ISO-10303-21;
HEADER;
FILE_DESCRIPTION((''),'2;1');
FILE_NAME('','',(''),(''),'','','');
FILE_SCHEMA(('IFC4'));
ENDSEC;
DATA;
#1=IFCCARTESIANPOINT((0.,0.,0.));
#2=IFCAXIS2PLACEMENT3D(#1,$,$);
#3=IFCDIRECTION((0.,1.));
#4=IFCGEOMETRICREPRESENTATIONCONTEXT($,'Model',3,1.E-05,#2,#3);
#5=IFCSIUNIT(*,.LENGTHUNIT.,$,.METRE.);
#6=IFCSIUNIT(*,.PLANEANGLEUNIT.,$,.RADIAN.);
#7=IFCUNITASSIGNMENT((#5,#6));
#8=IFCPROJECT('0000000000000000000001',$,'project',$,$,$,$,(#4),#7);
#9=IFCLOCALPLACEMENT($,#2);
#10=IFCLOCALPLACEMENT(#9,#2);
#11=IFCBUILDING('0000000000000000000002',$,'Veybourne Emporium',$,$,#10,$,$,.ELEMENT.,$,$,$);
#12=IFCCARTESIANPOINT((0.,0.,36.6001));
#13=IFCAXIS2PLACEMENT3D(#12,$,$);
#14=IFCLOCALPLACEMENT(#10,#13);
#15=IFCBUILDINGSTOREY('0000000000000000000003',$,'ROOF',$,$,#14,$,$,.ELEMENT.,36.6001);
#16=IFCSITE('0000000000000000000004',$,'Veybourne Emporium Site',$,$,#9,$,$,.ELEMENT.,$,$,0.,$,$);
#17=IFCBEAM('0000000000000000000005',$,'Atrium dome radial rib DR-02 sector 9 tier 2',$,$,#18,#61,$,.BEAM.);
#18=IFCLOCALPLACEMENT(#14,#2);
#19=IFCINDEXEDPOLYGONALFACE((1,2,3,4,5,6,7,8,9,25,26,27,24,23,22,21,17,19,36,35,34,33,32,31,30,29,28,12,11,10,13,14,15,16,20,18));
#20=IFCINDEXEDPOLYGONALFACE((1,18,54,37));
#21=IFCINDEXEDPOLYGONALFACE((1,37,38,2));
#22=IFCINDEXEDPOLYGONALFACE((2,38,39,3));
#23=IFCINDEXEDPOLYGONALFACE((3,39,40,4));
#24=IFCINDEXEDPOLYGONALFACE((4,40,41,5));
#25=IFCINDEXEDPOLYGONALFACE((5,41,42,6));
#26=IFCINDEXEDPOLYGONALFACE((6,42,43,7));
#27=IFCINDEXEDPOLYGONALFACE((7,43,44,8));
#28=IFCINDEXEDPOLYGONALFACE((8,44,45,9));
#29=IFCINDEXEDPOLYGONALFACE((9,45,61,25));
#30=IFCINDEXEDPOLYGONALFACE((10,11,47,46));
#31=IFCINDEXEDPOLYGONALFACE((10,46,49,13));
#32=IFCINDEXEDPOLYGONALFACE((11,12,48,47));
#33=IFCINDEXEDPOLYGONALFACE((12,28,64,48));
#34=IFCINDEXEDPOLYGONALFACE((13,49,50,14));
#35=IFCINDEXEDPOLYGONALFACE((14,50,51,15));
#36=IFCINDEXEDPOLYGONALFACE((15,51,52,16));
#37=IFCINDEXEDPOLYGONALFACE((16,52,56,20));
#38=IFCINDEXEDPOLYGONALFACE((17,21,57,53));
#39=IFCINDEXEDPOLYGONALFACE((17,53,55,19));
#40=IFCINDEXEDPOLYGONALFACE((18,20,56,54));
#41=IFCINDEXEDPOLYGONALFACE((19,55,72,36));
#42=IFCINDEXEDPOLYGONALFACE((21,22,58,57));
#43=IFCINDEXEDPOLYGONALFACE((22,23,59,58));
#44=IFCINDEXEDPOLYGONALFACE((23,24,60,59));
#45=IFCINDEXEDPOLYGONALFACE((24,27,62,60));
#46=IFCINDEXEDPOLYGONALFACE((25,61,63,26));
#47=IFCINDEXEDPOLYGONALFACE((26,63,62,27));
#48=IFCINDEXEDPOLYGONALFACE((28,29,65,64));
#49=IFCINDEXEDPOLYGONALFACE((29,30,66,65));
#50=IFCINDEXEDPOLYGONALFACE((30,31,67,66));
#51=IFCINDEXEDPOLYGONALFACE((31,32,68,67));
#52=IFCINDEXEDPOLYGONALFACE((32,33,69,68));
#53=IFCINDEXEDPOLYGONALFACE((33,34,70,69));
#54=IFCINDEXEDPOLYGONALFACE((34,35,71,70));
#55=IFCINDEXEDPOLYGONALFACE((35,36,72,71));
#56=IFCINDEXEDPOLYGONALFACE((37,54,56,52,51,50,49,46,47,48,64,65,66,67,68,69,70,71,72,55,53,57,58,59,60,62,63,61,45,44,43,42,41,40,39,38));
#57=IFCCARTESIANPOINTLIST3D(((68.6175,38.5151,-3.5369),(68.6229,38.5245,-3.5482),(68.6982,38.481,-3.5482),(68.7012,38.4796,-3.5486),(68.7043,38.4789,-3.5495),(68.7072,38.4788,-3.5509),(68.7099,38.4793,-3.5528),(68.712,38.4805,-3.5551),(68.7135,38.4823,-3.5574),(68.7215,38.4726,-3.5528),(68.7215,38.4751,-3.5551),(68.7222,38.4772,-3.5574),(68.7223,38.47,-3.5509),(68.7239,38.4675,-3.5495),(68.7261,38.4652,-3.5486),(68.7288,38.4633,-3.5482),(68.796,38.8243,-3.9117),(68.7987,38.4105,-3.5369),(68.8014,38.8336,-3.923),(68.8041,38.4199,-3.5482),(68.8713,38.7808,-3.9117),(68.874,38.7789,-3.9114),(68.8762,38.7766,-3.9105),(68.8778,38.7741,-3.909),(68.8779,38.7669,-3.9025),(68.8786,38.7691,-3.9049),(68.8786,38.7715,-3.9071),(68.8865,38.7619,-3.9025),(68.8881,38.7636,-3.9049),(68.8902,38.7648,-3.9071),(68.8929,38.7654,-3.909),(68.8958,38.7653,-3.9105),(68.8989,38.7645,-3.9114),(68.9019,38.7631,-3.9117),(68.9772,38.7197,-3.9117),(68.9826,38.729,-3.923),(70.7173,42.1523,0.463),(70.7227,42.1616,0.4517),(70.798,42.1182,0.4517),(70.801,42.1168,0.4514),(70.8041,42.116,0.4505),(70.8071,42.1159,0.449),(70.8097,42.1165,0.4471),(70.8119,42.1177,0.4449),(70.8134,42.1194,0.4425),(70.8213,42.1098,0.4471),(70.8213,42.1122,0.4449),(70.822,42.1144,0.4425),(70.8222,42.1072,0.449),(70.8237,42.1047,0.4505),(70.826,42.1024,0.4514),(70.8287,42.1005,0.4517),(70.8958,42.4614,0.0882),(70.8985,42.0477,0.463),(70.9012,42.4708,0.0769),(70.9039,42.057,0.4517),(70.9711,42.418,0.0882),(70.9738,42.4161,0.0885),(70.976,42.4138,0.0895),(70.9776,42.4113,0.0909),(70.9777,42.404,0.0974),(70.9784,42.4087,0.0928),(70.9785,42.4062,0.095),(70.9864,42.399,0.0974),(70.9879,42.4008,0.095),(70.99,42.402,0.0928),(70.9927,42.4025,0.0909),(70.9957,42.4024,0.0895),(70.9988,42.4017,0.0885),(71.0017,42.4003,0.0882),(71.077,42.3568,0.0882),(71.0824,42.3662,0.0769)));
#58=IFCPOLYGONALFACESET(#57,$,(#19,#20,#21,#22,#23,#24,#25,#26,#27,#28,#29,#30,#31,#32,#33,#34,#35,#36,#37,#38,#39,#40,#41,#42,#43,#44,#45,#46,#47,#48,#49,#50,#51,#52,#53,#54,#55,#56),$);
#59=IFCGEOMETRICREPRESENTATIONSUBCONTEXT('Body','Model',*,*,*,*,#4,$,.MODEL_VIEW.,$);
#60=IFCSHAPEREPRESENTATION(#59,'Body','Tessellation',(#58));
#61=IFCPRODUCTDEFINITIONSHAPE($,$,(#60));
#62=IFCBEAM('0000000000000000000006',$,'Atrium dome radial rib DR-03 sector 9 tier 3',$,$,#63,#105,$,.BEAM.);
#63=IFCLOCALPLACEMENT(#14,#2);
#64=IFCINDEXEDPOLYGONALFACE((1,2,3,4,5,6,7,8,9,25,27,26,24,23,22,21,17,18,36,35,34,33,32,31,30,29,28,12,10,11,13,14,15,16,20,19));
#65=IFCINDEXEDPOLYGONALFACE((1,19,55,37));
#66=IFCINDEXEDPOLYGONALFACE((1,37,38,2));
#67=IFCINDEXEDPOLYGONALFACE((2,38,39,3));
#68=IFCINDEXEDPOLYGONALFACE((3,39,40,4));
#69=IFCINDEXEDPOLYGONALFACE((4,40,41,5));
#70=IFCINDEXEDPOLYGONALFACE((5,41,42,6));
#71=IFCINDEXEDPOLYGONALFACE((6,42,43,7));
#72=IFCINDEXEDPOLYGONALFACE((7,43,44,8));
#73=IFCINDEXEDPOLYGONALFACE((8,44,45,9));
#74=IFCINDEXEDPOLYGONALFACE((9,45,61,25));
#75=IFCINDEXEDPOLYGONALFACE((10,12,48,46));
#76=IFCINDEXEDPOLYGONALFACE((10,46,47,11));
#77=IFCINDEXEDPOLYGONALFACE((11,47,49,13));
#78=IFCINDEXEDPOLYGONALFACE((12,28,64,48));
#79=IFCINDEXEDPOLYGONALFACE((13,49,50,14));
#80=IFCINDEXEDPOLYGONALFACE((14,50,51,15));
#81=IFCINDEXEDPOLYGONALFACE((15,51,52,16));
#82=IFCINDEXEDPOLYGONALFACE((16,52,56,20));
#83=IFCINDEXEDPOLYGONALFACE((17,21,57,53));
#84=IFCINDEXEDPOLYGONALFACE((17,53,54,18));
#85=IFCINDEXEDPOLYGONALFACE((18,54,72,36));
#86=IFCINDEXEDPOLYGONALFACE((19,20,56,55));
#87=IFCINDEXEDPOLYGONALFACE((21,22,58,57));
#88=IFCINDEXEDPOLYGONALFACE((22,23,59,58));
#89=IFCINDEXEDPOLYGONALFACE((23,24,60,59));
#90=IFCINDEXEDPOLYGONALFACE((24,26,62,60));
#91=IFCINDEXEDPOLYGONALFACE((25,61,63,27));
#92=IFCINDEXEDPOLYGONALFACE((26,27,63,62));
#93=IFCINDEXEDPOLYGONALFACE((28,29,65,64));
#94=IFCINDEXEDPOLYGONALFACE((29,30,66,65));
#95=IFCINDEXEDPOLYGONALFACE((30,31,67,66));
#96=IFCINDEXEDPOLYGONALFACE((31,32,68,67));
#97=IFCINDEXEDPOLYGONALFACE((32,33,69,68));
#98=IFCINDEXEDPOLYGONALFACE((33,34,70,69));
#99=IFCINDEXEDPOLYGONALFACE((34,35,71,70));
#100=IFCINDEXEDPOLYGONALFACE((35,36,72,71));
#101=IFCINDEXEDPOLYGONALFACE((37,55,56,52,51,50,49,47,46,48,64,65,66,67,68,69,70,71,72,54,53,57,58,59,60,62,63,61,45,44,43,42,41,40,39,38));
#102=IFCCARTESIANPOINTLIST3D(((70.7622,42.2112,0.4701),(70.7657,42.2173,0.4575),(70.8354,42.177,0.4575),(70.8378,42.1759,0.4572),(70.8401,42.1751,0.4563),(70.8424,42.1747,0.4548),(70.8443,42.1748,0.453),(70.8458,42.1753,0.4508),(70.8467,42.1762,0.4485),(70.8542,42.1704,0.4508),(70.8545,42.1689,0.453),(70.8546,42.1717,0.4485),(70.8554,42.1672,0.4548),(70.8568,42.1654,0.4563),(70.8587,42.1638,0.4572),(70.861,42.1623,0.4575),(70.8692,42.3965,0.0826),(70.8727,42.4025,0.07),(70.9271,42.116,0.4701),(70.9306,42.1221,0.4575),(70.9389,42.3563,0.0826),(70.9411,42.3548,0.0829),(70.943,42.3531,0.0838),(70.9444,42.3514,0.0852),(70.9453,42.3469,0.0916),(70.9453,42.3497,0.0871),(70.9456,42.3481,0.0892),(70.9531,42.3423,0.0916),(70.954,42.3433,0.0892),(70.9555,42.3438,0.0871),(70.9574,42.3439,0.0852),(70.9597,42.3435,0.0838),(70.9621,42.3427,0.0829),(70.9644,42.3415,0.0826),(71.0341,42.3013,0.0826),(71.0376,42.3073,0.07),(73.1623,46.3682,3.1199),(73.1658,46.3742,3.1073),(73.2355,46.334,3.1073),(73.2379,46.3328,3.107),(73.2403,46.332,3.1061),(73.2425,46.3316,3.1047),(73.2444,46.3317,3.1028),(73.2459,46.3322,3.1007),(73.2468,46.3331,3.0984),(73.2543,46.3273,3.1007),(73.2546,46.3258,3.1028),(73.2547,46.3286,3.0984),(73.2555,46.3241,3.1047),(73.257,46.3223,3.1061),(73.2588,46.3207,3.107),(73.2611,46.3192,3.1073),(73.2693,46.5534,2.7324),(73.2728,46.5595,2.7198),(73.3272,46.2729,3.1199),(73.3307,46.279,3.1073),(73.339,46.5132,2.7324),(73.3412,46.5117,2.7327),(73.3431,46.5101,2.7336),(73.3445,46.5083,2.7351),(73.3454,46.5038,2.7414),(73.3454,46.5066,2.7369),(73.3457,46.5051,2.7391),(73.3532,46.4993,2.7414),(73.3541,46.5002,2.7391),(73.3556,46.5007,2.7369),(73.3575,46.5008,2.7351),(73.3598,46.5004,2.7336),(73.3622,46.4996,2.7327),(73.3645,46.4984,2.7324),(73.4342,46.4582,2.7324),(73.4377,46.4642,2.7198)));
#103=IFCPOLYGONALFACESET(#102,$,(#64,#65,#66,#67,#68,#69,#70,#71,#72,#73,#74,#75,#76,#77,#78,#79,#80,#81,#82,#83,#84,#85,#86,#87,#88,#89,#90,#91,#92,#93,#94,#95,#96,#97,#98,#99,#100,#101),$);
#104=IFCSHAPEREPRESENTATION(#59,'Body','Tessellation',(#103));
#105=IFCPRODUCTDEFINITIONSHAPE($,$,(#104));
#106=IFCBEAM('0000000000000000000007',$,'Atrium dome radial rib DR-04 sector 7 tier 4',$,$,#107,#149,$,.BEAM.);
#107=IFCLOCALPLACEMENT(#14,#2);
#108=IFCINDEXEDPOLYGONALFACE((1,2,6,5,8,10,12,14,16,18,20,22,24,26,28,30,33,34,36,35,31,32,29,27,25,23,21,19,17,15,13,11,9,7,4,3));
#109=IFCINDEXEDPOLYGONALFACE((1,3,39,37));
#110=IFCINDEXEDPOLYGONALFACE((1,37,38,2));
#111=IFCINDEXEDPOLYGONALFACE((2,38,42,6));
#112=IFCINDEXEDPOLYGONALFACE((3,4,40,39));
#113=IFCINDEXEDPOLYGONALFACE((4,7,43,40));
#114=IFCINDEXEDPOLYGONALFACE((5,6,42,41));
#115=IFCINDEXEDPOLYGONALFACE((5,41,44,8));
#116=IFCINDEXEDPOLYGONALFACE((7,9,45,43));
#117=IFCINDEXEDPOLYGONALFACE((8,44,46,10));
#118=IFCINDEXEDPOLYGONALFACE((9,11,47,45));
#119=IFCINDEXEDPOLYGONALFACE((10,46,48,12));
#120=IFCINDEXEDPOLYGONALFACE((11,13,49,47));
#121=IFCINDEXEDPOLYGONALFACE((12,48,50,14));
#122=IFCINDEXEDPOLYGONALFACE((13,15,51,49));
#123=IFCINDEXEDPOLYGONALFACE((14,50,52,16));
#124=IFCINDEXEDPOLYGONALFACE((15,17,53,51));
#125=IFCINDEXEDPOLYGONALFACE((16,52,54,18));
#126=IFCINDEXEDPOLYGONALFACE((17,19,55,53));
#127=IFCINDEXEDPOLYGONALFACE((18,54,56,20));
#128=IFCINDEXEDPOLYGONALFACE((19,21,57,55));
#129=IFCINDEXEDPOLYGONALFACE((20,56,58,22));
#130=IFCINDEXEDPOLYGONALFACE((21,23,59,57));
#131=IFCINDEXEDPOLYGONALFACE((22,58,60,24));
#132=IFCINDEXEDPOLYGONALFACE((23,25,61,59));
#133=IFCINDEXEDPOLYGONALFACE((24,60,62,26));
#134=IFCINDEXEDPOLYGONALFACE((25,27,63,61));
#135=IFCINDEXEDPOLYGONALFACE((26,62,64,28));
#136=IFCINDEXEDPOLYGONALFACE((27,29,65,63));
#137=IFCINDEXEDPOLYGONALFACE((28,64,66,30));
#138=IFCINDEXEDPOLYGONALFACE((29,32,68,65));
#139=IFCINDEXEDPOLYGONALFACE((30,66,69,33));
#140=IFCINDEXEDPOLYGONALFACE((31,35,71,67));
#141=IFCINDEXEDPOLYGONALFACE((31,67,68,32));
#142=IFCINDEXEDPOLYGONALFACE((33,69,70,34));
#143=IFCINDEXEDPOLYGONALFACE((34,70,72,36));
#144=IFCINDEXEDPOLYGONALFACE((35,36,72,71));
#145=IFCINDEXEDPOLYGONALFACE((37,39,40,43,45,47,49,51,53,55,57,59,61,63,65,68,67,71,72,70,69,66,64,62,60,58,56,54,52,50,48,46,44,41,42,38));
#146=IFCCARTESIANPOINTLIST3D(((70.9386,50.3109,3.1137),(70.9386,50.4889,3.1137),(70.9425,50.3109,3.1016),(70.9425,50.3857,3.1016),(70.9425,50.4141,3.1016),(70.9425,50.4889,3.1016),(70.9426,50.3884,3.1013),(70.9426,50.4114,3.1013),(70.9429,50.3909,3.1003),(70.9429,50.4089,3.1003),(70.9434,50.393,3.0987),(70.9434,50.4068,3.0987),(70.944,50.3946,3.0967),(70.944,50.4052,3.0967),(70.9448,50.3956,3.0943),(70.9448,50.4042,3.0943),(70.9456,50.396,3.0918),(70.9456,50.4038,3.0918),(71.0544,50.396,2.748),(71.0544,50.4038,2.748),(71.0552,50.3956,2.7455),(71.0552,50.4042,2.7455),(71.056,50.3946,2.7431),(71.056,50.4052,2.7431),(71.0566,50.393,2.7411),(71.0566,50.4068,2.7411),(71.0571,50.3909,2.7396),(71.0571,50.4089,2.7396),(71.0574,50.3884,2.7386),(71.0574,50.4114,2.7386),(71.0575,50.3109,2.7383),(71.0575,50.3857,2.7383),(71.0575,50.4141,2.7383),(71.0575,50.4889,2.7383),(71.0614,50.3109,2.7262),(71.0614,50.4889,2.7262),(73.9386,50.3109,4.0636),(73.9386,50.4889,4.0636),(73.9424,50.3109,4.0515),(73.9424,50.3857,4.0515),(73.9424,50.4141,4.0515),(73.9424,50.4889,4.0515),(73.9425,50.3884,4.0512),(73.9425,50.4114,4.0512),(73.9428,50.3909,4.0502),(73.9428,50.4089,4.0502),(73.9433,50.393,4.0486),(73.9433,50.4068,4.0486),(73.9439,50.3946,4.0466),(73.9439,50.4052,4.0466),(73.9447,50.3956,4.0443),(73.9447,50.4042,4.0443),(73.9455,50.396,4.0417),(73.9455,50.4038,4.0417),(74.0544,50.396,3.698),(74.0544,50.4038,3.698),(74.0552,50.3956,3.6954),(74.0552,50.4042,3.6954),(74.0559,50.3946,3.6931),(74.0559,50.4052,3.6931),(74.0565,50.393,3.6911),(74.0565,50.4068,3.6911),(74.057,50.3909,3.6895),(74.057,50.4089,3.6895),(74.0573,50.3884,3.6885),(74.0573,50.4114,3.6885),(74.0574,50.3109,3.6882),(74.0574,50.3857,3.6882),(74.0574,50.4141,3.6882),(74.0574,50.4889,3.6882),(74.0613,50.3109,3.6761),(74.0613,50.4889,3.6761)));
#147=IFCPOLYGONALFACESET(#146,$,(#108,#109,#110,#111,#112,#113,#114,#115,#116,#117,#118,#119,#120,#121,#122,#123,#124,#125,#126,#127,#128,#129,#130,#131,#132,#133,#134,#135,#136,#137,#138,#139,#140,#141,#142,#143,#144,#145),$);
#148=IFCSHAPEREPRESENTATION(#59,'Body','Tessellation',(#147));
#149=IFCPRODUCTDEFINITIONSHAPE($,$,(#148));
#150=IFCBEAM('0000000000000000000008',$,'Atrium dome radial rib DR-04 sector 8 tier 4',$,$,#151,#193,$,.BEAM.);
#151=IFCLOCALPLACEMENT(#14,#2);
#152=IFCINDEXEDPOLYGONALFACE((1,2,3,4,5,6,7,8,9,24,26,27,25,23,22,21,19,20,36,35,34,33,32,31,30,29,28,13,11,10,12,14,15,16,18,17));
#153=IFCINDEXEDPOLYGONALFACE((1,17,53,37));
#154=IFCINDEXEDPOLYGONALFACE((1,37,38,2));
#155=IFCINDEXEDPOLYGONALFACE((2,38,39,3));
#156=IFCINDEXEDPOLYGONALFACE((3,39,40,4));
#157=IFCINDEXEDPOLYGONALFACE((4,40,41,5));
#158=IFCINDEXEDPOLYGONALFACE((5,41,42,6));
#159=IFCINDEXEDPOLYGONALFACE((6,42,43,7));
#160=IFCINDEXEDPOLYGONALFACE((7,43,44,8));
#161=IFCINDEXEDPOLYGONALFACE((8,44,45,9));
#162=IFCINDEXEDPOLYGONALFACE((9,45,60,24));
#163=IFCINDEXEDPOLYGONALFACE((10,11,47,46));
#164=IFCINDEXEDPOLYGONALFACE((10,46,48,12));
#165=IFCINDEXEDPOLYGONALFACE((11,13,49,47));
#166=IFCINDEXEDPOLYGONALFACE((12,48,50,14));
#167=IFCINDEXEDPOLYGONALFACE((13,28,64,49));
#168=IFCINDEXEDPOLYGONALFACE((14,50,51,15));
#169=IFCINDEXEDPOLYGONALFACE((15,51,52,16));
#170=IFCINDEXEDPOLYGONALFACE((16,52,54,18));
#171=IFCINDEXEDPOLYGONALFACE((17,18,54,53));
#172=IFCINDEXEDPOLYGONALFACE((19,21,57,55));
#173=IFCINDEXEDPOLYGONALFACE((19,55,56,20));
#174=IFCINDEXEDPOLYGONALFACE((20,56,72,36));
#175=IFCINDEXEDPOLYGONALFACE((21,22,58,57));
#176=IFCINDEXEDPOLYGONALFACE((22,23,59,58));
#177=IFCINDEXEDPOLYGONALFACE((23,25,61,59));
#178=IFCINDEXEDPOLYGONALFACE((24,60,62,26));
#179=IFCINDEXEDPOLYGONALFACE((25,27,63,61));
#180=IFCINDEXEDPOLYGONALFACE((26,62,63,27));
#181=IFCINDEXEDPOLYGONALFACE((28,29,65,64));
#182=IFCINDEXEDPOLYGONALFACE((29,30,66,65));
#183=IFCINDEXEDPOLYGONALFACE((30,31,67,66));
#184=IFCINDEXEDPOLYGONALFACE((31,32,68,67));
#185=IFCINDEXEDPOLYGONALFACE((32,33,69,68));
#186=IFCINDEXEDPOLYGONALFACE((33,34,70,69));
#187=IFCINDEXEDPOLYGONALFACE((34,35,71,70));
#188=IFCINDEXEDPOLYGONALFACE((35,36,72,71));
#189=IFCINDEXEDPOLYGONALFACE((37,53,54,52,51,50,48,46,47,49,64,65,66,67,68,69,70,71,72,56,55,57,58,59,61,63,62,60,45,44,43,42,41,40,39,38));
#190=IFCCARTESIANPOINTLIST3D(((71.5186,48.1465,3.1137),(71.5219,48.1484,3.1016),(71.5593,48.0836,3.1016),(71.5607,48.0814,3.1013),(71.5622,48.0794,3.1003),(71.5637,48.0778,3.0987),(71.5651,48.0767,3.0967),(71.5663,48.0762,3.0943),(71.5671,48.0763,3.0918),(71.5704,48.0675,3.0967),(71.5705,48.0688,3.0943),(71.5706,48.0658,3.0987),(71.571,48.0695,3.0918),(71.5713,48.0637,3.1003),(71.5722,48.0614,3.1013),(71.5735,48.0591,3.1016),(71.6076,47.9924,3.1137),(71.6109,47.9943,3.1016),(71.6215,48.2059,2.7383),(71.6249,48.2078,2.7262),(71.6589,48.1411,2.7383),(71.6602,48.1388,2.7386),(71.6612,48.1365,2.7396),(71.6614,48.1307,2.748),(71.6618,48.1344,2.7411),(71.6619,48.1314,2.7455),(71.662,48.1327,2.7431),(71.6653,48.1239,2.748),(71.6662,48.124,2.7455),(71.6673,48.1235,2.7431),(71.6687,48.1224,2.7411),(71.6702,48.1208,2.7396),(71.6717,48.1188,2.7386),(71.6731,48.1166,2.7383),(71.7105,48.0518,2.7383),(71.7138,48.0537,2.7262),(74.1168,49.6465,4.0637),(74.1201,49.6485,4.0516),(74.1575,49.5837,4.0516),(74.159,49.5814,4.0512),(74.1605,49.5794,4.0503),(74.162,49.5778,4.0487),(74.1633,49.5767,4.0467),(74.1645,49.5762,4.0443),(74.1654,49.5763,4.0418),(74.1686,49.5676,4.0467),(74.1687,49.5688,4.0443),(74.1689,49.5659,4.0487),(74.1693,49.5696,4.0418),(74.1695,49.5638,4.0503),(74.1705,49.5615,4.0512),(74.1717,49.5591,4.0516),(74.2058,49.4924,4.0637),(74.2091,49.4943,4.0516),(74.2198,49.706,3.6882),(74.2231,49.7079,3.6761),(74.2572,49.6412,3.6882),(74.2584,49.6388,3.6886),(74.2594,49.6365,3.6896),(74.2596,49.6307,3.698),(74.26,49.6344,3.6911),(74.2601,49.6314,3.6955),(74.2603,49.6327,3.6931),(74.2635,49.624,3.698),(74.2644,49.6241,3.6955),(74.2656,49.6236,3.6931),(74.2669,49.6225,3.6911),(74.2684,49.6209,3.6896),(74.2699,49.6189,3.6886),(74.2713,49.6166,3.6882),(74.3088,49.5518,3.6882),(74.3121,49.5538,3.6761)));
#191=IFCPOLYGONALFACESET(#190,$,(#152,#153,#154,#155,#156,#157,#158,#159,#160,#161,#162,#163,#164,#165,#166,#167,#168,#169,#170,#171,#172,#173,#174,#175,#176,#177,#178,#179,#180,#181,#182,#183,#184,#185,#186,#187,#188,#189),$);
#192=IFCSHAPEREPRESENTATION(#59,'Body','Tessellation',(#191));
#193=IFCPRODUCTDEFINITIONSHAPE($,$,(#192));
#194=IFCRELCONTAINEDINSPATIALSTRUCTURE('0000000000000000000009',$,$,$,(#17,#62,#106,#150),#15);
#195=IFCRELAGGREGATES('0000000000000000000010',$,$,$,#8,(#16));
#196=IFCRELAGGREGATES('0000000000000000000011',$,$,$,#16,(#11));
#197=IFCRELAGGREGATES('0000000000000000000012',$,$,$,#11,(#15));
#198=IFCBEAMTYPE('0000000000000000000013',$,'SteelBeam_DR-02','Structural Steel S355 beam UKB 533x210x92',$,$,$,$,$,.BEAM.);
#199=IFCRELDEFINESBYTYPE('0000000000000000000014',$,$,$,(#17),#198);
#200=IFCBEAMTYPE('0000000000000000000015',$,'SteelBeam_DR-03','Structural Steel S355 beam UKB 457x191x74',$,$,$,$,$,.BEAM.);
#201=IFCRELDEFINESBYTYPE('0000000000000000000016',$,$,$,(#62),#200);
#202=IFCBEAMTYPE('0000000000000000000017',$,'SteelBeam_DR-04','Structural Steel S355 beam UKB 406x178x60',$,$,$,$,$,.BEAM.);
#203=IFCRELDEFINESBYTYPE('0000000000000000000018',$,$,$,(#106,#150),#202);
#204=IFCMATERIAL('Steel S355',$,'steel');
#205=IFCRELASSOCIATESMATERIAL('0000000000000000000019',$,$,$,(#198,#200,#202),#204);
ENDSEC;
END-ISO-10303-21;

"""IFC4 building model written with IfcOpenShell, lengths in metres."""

from ifc_helpers import new_model, si_unit, direction, frame, origin, origin_2d, place, context, subcontext, project, spatial, i_section, extrude, material, material_profile, profile_set, type_object, element, save


model = new_model("IFC4")

# Units and contexts
model_context = context("Model", 3, precision=1e-05, world=origin(), true_north=direction((0.0, 1.0)))
body_context = subcontext(model_context, "Body", "Model", "MODEL_VIEW")
ifc_project = project(units=[si_unit("LENGTHUNIT", "METRE"), si_unit("PLANEANGLEUNIT", "RADIAN")], contexts=[model_context])

# Site, building, storey
site_placement = place(None, origin())
site = spatial("IfcSite", under=ifc_project, at=site_placement, Name="Veybourne Emporium Site", CompositionType="ELEMENT", RefElevation=0.0)
building_placement = place(site_placement, origin())
building = spatial("IfcBuilding", under=site, at=building_placement, Name="Veybourne Emporium", CompositionType="ELEMENT")
storey_placement = place(building_placement, frame((0.0, 0.0, 36.6001)))
storey = spatial("IfcBuildingStorey", under=building, at=storey_placement, Name="ROOF", CompositionType="ELEMENT", Elevation=36.6001)

# Beams
ifc_material_1 = material(Name="Steel S355", Category="steel")
ifc_material_profile_1 = material_profile(ifc_material_1, i_section(OverallWidth=0.2092, OverallDepth=0.5332, WebThickness=0.01, FlangeThickness=0.0156, FilletRadius=0.0127, at=origin_2d()), Name="UKB 533x210x92")
ifc_profile_set_1 = profile_set([ifc_material_profile_1], Name="Steel S355")
beam_type_1 = type_object("IfcBeamType", Name="SteelBeam_DR-02", Description="Structural Steel S355 beam UKB 533x210x92", PredefinedType="BEAM", material=ifc_profile_set_1)
beam_1_placement = place(storey_placement, frame((68.8, 38.6221, -3.73), z_axis=(0.362051, 0.627117, 0.689669), x_axis=(-0.866035, 0.499984, 0.0)))
element("IfcBeam", 1, at=beam_1_placement, inside=storey, type_object=beam_type_1, Name="Atrium dome radial rib DR-02 sector 9 tier 2", PredefinedType="BEAM", context=body_context, shape_type="SweptSolid", body=[
    extrude(i_section(OverallWidth=0.2092, OverallDepth=0.5332, WebThickness=0.01, FlangeThickness=0.0156, FilletRadius=0.0127, at=origin_2d()), origin(), (0.0, 0.0, 1.0), 5.7998),
])
ifc_material_profile_2 = material_profile(ifc_material_1, i_section(OverallWidth=0.1904, OverallDepth=0.457, WebThickness=0.009, FlangeThickness=0.0144, FilletRadius=0.0103, at=origin_2d()), Name="UKB 457x191x74")
ifc_profile_set_2 = profile_set([ifc_material_profile_2], Name="Steel S355")
beam_type_2 = type_object("IfcBeamType", Name="SteelBeam_DR-03", Description="Structural Steel S355 beam UKB 457x191x74", PredefinedType="BEAM", material=ifc_profile_set_2)
beam_2_placement = place(storey_placement, frame((70.8999, 42.2593, 0.27), z_axis=(0.437744, 0.75816, 0.483295), x_axis=(-0.866015, 0.500017, 0.0)))
element("IfcBeam", 2, at=beam_2_placement, inside=storey, type_object=beam_type_2, Name="Atrium dome radial rib DR-03 sector 9 tier 3", PredefinedType="BEAM", context=body_context, shape_type="SweptSolid", body=[
    extrude(i_section(OverallWidth=0.1904, OverallDepth=0.457, WebThickness=0.009, FlangeThickness=0.0144, FilletRadius=0.0103, at=origin_2d()), origin(), (0.0, 0.0, 1.0), 5.4829),
])
ifc_material_profile_3 = material_profile(ifc_material_1, i_section(OverallWidth=0.178, OverallDepth=0.4065, WebThickness=0.0078, FlangeThickness=0.0127, FilletRadius=0.0103, at=origin_2d()), Name="UKB 406x178x60")
ifc_profile_set_3 = profile_set([ifc_material_profile_3], Name="Steel S355")
beam_type_3 = type_object("IfcBeamType", Name="SteelBeam_DR-04", Description="Structural Steel S355 beam UKB 406x178x60", PredefinedType="BEAM", material=ifc_profile_set_3)
beam_3_placement = place(storey_placement, frame((71.0, 50.3999, 2.9199), z_axis=(0.953347, 0.0, 0.301878), x_axis=(0.0, 1.0, 0.0)))
element("IfcBeam", 3, at=beam_3_placement, inside=storey, type_object=beam_type_3, Name="Atrium dome radial rib DR-04 sector 7 tier 4", PredefinedType="BEAM", context=body_context, shape_type="SweptSolid", body=[
    extrude(i_section(OverallWidth=0.178, OverallDepth=0.4065, WebThickness=0.0078, FlangeThickness=0.0127, FilletRadius=0.0103, at=origin_2d()), origin(), (0.0, 0.0, 1.0), 3.1467),
])
for number, where, z_axis, x_axis, name in (
    (4, (71.6162, 48.1001, 2.9199), (0.825629, 0.476665, 0.301872), (-0.49999, 0.866031, 0.0), "Atrium dome radial rib DR-04 sector 8 tier 4"),
):
    element("IfcBeam", number, at=place(storey_placement, frame(where, z_axis=z_axis, x_axis=x_axis)), inside=storey, type_object=beam_type_3, Name=name, PredefinedType="BEAM", context=body_context, shape_type="SweptSolid", body=[
        extrude(i_section(OverallWidth=0.178, OverallDepth=0.4065, WebThickness=0.0078, FlangeThickness=0.0127, FilletRadius=0.0103, at=origin_2d()), origin(), (0.0, 0.0, 1.0), 3.147),
    ])

save(model, "model.ifc")
